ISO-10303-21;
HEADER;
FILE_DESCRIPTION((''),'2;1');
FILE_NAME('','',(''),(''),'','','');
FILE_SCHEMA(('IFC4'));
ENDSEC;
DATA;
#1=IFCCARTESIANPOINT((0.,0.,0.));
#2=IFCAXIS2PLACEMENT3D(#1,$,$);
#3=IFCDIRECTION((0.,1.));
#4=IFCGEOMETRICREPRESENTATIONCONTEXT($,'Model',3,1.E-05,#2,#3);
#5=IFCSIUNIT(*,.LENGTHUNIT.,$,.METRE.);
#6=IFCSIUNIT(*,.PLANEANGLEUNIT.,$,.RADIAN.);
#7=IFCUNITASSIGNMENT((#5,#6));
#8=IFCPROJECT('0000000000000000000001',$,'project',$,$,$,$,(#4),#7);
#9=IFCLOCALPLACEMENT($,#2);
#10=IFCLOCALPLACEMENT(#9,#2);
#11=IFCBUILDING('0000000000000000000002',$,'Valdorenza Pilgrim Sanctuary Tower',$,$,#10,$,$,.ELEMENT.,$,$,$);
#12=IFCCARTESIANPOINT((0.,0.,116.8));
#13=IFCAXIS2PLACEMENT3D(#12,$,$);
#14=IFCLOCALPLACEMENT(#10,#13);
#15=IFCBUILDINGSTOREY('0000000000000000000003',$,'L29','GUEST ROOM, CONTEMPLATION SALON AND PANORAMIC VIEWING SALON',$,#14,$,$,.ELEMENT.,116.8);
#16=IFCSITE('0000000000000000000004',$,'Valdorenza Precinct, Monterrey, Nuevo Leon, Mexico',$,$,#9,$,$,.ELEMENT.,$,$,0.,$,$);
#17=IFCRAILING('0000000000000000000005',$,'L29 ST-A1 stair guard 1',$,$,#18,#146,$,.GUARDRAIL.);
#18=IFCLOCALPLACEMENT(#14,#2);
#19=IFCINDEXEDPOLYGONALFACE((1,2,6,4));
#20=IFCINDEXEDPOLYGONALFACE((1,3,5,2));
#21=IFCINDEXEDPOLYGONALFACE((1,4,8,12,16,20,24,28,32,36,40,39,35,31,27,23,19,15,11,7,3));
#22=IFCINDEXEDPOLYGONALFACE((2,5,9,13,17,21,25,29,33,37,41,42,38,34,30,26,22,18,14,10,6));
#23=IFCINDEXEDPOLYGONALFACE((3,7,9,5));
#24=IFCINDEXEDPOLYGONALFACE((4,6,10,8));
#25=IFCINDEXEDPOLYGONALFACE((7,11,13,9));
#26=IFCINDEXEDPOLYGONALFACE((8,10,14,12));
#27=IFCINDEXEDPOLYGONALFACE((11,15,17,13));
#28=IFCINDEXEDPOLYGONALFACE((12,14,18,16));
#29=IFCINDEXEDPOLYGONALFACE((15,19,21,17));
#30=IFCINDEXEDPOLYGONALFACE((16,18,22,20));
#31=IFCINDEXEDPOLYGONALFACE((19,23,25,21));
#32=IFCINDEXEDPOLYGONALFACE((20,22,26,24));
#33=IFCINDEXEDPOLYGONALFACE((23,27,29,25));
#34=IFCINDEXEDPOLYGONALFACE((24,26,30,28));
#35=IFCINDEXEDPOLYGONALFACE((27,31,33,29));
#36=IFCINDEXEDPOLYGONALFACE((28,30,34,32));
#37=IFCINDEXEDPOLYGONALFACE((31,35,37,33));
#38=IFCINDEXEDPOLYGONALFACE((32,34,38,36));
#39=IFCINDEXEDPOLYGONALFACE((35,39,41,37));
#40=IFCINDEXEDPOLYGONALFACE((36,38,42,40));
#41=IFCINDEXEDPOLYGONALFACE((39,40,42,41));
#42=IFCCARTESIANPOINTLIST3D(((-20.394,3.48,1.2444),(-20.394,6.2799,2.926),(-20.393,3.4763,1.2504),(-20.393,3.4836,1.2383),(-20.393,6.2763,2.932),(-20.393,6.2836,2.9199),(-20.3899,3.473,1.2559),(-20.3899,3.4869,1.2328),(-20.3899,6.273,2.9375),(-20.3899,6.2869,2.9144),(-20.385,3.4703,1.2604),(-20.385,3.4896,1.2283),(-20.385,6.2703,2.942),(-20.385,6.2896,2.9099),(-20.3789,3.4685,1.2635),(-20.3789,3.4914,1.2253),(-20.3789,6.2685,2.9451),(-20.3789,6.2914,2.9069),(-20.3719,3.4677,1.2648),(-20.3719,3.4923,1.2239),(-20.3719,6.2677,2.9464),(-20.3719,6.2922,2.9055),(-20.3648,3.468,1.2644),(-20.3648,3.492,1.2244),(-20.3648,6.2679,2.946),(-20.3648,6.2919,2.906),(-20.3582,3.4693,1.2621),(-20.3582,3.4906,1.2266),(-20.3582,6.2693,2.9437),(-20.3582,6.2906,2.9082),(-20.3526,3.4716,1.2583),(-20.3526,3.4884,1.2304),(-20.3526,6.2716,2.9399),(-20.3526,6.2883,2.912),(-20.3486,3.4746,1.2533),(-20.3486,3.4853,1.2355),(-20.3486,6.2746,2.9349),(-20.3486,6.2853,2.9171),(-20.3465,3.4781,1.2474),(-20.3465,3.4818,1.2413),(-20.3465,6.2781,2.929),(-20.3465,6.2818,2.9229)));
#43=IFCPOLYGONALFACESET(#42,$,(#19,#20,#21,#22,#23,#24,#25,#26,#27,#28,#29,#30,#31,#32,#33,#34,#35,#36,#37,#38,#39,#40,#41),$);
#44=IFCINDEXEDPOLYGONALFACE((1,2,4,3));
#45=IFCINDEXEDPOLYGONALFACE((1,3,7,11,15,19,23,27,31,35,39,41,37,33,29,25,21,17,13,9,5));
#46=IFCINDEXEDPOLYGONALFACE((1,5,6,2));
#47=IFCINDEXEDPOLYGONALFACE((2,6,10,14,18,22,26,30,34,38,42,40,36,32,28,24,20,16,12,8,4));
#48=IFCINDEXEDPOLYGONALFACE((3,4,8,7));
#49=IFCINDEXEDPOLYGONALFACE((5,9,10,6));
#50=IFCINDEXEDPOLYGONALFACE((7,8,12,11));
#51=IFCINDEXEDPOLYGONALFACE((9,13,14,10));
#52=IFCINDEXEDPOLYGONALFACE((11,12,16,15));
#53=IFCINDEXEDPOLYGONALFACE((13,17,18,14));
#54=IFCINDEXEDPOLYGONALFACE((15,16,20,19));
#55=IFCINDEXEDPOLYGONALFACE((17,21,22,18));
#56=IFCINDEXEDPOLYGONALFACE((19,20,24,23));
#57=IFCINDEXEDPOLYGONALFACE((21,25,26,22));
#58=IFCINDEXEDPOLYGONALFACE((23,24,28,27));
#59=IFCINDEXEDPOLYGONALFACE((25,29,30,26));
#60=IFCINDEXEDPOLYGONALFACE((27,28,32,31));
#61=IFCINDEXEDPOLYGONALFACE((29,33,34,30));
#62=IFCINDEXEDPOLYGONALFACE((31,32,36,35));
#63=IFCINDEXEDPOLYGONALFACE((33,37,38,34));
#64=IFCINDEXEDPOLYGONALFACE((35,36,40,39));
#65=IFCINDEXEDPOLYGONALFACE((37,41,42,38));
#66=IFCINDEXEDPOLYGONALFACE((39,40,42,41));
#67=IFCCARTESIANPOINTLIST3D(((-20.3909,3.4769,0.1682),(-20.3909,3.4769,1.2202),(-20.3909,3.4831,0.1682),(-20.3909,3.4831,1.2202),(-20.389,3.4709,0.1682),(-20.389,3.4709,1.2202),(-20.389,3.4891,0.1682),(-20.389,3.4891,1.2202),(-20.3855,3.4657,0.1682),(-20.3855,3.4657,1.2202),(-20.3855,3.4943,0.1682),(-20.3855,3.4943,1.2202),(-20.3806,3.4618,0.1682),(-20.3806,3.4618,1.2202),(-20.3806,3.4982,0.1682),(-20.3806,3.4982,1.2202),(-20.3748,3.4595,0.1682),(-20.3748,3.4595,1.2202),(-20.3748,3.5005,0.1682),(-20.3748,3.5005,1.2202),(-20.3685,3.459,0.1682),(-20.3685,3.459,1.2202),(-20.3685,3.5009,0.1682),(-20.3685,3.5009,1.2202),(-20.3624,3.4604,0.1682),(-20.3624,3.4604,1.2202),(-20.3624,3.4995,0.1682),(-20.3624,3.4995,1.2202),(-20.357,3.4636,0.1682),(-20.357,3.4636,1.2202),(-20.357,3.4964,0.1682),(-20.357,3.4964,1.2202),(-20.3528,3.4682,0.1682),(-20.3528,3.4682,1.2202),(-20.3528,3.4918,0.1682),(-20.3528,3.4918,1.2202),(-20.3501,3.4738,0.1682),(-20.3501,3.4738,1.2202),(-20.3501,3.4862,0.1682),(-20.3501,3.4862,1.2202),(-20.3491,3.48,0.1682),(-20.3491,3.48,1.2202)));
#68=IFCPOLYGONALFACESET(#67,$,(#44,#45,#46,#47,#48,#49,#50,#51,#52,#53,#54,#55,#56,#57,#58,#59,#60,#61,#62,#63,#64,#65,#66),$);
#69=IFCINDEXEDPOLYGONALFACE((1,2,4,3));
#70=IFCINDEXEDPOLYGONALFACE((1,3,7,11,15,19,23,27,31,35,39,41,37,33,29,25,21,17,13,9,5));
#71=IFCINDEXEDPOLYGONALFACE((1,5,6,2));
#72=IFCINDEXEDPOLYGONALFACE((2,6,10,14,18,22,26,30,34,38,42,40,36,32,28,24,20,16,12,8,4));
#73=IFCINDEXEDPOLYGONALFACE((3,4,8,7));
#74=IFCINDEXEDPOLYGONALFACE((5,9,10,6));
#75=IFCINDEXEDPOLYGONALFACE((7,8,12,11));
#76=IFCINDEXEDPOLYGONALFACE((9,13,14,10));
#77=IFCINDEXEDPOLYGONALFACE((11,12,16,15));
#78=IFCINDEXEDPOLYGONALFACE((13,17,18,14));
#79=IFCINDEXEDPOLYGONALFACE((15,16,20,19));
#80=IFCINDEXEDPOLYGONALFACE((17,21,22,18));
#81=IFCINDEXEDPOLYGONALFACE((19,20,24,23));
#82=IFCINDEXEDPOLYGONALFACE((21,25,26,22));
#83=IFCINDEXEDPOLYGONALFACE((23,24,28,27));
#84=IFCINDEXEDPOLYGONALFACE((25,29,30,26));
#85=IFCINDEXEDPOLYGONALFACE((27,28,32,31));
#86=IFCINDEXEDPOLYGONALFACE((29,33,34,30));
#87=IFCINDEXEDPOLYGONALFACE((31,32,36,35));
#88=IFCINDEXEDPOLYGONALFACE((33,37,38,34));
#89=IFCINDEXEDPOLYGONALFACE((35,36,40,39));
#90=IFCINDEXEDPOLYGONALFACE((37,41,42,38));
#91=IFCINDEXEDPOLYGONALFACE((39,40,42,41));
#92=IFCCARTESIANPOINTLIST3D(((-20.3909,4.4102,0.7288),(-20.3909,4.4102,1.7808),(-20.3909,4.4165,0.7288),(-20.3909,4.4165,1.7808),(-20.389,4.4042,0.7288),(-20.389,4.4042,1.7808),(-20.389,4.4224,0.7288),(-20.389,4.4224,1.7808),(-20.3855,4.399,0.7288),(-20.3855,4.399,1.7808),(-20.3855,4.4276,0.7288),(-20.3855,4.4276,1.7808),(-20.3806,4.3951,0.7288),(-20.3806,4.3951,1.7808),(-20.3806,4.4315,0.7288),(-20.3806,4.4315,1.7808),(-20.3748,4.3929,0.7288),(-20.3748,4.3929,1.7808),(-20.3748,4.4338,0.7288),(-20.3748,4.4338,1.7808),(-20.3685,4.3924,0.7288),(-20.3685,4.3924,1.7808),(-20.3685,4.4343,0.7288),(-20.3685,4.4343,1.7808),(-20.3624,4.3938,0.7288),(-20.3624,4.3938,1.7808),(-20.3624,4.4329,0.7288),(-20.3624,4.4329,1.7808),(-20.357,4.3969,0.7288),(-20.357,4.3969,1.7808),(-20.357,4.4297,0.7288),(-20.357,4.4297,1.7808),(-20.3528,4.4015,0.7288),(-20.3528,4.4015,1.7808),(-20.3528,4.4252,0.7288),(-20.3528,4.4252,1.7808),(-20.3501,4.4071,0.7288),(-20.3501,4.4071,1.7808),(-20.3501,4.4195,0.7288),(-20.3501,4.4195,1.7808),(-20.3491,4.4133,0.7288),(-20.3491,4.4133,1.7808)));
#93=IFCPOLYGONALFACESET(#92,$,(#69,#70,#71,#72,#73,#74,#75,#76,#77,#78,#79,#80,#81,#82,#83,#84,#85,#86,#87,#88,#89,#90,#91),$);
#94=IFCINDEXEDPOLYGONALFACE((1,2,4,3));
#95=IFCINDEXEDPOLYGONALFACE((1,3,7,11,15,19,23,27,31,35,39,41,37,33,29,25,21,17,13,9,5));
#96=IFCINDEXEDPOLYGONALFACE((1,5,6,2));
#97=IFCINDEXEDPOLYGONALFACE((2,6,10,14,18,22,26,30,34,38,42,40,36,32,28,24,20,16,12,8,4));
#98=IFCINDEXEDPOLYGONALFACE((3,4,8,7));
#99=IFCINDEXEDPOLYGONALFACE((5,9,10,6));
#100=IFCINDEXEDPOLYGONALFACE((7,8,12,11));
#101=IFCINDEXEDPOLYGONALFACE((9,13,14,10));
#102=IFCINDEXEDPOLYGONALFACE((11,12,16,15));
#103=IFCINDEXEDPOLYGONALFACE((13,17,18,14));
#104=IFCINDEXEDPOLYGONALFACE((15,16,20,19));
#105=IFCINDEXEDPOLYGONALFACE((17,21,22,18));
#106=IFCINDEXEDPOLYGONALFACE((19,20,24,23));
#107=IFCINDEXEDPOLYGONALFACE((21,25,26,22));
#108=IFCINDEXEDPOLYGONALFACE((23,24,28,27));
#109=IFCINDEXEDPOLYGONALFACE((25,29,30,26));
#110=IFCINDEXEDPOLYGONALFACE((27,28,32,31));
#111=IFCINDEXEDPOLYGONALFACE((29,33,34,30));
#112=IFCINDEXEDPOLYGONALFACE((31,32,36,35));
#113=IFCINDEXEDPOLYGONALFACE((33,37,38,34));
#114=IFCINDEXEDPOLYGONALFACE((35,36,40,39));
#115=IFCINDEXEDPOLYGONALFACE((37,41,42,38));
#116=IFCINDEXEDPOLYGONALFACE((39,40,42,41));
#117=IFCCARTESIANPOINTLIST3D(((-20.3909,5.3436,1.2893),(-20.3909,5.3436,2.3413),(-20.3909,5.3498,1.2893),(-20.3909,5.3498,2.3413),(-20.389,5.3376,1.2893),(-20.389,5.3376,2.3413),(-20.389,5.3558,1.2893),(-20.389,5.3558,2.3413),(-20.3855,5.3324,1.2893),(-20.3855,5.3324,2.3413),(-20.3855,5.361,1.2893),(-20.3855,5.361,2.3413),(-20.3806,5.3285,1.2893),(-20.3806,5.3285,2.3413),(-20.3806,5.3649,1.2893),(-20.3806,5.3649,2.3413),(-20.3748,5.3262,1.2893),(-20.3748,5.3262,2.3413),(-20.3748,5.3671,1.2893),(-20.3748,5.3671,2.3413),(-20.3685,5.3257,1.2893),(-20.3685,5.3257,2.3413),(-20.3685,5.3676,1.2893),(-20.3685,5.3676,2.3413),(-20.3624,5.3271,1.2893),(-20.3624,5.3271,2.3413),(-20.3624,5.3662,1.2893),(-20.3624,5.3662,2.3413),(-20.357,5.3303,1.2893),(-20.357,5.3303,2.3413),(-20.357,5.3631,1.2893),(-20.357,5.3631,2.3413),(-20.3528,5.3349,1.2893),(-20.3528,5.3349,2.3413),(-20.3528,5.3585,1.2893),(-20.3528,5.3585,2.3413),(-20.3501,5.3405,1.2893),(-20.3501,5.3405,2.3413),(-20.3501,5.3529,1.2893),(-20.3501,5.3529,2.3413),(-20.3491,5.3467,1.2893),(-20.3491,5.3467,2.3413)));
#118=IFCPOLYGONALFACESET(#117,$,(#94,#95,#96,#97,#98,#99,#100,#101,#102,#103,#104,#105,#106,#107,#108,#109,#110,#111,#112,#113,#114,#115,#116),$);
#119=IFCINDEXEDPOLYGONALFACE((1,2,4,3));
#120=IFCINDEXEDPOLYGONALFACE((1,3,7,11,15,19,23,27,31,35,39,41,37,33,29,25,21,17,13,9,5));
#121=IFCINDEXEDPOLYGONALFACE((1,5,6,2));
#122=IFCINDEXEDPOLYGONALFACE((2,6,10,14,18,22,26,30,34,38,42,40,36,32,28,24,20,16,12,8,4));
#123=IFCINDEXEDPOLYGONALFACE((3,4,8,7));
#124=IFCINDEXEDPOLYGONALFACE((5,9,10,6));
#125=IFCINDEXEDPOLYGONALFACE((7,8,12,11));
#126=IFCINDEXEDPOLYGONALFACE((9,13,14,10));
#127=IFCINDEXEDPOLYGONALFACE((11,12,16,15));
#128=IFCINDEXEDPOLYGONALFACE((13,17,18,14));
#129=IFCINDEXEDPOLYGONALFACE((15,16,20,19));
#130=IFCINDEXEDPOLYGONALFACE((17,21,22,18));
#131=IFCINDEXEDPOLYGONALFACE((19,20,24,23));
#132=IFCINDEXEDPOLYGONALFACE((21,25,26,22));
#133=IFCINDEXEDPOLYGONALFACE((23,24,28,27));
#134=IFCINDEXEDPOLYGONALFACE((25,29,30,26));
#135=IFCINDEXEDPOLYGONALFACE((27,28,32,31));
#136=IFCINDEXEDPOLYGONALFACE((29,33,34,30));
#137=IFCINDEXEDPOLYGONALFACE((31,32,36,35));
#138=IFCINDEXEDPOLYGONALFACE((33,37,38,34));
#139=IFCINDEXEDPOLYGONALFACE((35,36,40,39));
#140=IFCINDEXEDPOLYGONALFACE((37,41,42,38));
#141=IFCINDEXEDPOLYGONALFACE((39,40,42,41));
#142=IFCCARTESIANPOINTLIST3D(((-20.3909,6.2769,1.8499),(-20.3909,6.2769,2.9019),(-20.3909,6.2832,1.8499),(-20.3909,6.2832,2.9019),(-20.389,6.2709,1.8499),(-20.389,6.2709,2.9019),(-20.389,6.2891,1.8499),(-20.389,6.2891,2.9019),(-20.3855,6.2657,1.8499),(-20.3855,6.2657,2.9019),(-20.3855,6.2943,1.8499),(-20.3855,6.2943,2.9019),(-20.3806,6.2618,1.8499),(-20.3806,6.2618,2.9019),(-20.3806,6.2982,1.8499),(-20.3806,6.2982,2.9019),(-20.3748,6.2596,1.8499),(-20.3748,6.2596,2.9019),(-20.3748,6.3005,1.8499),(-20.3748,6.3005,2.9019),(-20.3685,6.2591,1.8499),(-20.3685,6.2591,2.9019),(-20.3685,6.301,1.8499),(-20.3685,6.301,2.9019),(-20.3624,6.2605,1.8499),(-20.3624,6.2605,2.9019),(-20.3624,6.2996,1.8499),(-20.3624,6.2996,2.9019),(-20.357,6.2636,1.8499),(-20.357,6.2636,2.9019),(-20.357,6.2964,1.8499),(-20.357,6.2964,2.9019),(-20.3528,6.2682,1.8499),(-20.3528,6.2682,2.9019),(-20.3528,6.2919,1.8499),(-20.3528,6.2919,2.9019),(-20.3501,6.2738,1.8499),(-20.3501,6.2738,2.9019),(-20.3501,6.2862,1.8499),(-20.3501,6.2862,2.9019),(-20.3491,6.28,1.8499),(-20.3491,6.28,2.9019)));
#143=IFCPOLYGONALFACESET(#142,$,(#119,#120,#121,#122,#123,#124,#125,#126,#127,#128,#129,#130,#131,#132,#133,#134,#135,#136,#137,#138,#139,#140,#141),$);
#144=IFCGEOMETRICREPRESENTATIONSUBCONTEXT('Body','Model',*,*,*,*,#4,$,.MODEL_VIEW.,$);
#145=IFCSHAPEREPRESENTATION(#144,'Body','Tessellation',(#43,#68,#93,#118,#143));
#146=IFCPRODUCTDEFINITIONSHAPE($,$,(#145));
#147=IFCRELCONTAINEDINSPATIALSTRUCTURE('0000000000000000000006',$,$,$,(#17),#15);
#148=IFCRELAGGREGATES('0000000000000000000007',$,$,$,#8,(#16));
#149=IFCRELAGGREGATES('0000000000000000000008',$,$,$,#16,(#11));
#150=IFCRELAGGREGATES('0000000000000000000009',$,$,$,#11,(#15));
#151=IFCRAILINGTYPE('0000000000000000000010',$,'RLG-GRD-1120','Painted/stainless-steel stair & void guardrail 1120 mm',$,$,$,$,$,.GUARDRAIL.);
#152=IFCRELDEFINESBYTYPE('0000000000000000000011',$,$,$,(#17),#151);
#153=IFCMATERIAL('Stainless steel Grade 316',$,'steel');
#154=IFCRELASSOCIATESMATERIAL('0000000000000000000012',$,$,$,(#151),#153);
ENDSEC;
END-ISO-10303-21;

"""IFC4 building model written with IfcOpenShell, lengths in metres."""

from ifc_helpers import new_model, si_unit, direction, frame, origin, origin_2d, place, context, subcontext, project, spatial, circle, extrude, material, type_object, element, save


model = new_model("IFC4")

# Units and contexts
model_context = context("Model", 3, precision=1e-05, world=origin(), true_north=direction((0.0, 1.0)))
body_context = subcontext(model_context, "Body", "Model", "MODEL_VIEW")
ifc_project = project(units=[si_unit("LENGTHUNIT", "METRE"), si_unit("PLANEANGLEUNIT", "RADIAN")], contexts=[model_context])

# Site, building, storey
site_placement = place(None, origin())
site = spatial("IfcSite", under=ifc_project, at=site_placement, Name="Valdorenza Precinct, Monterrey, Nuevo Leon, Mexico", CompositionType="ELEMENT", RefElevation=0.0)
building_placement = place(site_placement, origin())
building = spatial("IfcBuilding", under=site, at=building_placement, Name="Valdorenza Pilgrim Sanctuary Tower", CompositionType="ELEMENT")
storey_placement = place(building_placement, frame((0.0, 0.0, 116.8)))
storey = spatial("IfcBuildingStorey", under=building, at=storey_placement, Name="L29", Description="GUEST ROOM, CONTEMPLATION SALON AND PANORAMIC VIEWING SALON", CompositionType="ELEMENT", Elevation=116.8)

# Railing
ifc_material_1 = material(Name="Stainless steel Grade 316", Category="steel")
railing_type_1 = type_object("IfcRailingType", Name="RLG-GRD-1120", Description="Painted/stainless-steel stair & void guardrail 1120 mm", PredefinedType="GUARDRAIL", material=ifc_material_1)
railing_1_placement = place(storey_placement, frame((-20.3701, 3.48, 0.1682)))
element("IfcRailing", 1, at=railing_1_placement, inside=storey, type_object=railing_type_1, Name="L29 ST-A1 stair guard 1", PredefinedType="GUARDRAIL", context=body_context, shape_type="SweptSolid", body=[
    extrude(circle(Radius=0.0239, at=origin_2d()), frame((0.0, 0.0, 1.0762), z_axis=(0.0, 0.857275, 0.514858), x_axis=(-1.0, 0.0, 0.0)), (0.0, 0.0, 1.0), 3.2661),
    extrude(circle(Radius=0.021, at=origin_2d()), origin(), (0.0, 0.0, 1.0), 1.052),
    extrude(circle(Radius=0.021, at=origin_2d()), frame((0.0, 0.9333, 0.5605)), (0.0, 0.0, 1.0), 1.052),
    extrude(circle(Radius=0.021, at=origin_2d()), frame((0.0, 1.8667, 1.1211)), (0.0, 0.0, 1.0), 1.052),
    extrude(circle(Radius=0.021, at=origin_2d()), frame((0.0, 2.8, 1.6816)), (0.0, 0.0, 1.0), 1.052),
])

save(model, "model.ifc")
